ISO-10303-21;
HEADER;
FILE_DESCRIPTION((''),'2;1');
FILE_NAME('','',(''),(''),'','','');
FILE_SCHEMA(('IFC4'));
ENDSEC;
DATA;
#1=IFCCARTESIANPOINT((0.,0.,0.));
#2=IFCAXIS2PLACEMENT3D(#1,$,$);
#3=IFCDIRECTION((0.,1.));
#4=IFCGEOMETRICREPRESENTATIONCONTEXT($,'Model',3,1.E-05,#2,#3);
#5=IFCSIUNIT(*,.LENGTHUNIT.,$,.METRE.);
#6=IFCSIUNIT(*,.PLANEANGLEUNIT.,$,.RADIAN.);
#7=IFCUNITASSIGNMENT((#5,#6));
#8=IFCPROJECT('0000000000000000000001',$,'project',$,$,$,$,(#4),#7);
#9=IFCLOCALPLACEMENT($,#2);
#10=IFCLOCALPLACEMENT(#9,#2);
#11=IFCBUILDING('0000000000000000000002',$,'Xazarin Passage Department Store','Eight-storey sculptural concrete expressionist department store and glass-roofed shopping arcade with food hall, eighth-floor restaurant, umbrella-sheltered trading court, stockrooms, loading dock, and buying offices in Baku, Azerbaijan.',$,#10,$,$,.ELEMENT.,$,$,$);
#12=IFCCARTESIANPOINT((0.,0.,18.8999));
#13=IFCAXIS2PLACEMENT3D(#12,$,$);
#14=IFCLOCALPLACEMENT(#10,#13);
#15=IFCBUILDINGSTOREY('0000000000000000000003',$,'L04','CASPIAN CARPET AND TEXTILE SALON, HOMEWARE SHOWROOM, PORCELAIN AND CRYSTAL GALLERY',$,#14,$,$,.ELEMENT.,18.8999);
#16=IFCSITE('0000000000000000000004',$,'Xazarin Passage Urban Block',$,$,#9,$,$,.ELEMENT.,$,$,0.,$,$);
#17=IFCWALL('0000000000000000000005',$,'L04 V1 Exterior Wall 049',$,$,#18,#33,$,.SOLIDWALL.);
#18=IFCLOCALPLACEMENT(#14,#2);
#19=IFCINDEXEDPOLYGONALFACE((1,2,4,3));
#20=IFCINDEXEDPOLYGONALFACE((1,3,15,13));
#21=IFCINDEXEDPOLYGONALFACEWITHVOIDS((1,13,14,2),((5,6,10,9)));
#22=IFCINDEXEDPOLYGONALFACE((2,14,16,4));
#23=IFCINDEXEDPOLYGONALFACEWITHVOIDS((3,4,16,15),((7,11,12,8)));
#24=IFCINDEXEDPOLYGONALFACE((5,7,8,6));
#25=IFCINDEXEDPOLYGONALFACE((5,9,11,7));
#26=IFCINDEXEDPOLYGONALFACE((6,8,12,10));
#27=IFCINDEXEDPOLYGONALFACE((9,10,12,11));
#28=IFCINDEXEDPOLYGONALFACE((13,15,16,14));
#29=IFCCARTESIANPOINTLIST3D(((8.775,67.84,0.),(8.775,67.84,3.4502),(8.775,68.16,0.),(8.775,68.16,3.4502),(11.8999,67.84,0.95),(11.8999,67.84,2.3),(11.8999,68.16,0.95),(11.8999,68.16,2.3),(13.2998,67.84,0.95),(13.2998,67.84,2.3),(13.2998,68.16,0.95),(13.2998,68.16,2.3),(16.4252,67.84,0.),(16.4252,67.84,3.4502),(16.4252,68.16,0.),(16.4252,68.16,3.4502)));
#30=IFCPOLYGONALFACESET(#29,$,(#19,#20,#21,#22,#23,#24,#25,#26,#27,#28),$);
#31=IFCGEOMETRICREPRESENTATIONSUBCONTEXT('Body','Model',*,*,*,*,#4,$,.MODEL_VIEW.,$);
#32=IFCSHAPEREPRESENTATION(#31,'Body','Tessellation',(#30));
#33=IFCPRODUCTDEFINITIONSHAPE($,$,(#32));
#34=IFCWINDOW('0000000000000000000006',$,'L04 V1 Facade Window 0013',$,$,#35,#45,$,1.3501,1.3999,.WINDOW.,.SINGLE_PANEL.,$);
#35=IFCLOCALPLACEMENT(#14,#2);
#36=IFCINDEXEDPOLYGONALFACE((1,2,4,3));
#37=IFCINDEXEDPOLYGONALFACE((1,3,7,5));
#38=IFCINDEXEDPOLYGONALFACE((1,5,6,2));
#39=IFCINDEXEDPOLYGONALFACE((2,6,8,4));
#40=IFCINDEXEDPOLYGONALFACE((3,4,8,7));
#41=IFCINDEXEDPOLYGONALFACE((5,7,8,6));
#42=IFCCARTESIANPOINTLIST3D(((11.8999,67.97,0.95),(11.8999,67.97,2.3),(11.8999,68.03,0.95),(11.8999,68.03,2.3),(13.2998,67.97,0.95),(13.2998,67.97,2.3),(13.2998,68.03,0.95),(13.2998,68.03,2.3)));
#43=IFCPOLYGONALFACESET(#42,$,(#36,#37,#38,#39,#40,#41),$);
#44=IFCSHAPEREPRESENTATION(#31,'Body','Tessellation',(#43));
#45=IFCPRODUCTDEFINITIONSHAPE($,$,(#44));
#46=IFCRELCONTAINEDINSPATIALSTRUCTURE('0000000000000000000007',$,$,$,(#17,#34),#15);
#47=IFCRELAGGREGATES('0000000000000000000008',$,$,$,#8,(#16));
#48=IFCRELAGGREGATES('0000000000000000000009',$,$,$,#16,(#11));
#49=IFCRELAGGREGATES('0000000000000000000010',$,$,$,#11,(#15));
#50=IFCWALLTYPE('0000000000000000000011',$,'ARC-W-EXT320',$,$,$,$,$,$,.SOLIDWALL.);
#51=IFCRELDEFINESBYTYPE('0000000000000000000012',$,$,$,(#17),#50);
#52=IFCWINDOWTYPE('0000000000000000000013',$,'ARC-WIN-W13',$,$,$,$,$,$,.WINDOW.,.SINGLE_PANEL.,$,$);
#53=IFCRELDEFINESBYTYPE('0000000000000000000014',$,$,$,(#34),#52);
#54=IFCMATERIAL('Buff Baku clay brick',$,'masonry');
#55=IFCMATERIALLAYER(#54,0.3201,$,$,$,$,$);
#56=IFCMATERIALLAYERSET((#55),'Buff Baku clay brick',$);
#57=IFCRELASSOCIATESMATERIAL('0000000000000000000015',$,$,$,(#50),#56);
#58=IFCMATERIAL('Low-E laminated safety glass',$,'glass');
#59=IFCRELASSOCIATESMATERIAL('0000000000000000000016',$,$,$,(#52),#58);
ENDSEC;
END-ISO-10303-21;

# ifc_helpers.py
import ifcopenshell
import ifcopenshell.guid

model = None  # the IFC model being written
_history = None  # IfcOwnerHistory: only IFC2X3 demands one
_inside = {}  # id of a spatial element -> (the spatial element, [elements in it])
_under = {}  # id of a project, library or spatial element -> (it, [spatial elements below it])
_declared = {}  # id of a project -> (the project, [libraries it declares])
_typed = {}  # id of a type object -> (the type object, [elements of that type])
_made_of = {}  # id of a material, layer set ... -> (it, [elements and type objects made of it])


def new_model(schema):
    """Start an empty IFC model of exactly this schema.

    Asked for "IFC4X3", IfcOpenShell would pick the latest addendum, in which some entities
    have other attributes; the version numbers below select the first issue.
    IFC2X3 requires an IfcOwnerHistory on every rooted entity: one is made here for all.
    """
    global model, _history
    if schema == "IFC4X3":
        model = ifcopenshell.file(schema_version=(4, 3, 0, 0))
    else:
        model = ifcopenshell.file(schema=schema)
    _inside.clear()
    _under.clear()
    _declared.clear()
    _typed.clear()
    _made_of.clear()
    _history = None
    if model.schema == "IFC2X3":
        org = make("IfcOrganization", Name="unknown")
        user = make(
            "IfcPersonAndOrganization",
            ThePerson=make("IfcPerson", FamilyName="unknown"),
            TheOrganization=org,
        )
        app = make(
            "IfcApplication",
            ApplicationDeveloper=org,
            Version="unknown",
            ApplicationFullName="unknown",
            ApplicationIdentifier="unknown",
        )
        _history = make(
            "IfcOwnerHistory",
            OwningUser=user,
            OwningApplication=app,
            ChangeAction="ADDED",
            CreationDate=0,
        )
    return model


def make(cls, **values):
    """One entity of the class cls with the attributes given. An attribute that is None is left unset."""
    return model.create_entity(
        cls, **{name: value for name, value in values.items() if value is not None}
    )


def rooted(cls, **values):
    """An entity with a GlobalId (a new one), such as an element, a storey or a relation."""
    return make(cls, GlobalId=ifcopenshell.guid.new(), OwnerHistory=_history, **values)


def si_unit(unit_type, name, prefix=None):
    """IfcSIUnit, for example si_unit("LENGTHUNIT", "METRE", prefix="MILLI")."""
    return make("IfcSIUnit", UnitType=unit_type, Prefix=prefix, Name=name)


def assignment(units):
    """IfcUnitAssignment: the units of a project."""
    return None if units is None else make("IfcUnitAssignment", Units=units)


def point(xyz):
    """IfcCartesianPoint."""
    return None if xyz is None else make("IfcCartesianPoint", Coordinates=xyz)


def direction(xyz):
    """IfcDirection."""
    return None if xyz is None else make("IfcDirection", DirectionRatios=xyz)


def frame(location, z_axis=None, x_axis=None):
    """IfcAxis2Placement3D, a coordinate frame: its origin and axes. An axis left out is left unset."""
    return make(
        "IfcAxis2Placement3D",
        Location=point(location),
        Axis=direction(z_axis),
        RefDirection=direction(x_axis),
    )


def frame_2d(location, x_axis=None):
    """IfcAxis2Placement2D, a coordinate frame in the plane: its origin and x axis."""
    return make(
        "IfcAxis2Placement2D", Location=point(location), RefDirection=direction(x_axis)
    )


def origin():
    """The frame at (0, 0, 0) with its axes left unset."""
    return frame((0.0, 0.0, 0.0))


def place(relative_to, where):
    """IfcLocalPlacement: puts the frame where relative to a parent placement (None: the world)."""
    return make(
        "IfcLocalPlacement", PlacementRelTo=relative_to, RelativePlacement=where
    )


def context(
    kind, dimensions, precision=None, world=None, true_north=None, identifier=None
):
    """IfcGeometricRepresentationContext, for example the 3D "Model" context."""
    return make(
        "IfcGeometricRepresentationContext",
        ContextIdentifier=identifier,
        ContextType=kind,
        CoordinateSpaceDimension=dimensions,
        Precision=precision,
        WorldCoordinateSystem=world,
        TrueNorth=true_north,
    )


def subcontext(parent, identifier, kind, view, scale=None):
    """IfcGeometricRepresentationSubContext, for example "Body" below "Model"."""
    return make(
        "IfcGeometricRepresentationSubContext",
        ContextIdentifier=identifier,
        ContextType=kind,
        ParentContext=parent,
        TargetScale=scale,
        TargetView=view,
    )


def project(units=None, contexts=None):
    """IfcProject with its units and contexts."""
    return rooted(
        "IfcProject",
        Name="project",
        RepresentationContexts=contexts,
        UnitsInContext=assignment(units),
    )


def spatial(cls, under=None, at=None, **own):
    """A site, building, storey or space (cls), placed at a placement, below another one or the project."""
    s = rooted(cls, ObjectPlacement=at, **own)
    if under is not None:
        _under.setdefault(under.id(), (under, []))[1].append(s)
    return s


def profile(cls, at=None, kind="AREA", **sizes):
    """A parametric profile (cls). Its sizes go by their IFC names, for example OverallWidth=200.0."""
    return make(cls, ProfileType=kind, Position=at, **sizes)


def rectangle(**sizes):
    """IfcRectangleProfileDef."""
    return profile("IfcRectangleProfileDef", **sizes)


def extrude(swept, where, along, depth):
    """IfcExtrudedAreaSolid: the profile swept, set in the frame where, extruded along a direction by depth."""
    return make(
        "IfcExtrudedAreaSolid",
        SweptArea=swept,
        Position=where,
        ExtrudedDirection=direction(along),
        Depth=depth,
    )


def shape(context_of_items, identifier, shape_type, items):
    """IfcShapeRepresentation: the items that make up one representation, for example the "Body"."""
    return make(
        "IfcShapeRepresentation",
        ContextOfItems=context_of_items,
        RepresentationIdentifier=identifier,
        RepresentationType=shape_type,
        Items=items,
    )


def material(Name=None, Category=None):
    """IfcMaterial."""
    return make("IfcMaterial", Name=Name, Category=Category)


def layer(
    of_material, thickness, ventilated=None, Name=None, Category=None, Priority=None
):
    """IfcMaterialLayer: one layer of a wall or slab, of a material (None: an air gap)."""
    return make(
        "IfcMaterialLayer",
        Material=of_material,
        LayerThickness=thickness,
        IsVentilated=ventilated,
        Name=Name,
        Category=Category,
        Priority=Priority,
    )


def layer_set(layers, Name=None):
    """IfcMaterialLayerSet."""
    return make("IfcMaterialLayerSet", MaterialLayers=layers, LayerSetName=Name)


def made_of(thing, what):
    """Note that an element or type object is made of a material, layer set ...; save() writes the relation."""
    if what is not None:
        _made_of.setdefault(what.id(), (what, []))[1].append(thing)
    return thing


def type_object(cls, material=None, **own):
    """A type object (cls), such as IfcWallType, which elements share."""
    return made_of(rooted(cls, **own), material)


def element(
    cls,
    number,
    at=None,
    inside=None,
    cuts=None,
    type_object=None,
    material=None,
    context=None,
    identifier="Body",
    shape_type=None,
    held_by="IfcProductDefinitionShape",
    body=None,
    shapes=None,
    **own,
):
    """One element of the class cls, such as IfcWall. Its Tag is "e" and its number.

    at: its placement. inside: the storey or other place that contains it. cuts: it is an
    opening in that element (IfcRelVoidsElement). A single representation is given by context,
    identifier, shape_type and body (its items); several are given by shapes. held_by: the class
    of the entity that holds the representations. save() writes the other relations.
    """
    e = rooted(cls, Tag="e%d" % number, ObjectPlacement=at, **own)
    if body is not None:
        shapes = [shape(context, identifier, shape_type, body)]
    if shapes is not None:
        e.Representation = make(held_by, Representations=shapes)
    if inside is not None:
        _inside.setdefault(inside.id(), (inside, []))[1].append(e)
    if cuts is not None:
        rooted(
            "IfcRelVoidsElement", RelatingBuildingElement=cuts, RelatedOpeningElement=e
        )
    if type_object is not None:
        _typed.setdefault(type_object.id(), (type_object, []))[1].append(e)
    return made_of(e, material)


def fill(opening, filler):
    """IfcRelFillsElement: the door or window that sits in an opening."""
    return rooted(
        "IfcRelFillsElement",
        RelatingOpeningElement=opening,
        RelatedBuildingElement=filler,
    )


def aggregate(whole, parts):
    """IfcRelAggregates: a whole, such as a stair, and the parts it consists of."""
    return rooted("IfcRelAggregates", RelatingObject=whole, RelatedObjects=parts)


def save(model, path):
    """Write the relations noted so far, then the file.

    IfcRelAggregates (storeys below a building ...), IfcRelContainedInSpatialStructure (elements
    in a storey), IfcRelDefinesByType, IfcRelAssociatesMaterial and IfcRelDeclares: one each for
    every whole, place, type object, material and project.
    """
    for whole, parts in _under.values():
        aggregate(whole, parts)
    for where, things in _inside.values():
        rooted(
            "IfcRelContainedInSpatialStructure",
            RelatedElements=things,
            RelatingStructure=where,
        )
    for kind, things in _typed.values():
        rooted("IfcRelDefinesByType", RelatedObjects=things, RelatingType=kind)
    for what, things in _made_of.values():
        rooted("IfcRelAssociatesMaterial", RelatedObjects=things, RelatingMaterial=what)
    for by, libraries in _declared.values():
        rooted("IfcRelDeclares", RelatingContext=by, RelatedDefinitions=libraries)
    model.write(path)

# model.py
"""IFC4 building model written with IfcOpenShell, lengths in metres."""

from ifc_helpers import new_model, si_unit, direction, frame, frame_2d, origin, place, context, subcontext, project, spatial, rectangle, extrude, material, layer, layer_set, type_object, element, fill, save


model = new_model("IFC4")

# Units and contexts
model_context = context("Model", 3, precision=1e-05, world=origin(), true_north=direction((0.0, 1.0)))
body_context = subcontext(model_context, "Body", "Model", "MODEL_VIEW")
ifc_project = project(units=[si_unit("LENGTHUNIT", "METRE"), si_unit("PLANEANGLEUNIT", "RADIAN")], contexts=[model_context])

# Site, building, storey
site_placement = place(None, origin())
site = spatial("IfcSite", under=ifc_project, at=site_placement, Name="Xazarin Passage Urban Block", CompositionType="ELEMENT", RefElevation=0.0)
building_placement = place(site_placement, origin())
building = spatial("IfcBuilding", under=site, at=building_placement, Name="Xazarin Passage Department Store", Description="Eight-storey sculptural concrete expressionist department store and glass-roofed shopping arcade with food hall, eighth-floor restaurant, umbrella-sheltered trading court, stockrooms, loading dock, and buying offices in Baku, Azerbaijan.", CompositionType="ELEMENT")
storey_placement = place(building_placement, frame((0.0, 0.0, 18.8999)))
storey = spatial("IfcBuildingStorey", under=building, at=storey_placement, Name="L04", Description="CASPIAN CARPET AND TEXTILE SALON, HOMEWARE SHOWROOM, PORCELAIN AND CRYSTAL GALLERY", CompositionType="ELEMENT", Elevation=18.8999)

# Shared definitions
ifc_material_1 = material(Name="Low-E laminated safety glass", Category="glass")

# Wall, opening, window
ifc_material_2 = material(Name="Buff Baku clay brick", Category="masonry")
ifc_layer_1 = layer(ifc_material_2, 0.3201)
ifc_layer_set_1 = layer_set([ifc_layer_1], Name="Buff Baku clay brick")
wall_type = type_object("IfcWallType", Name="ARC-W-EXT320", PredefinedType="SOLIDWALL", material=ifc_layer_set_1)
wall_placement = place(storey_placement, frame((8.7749, 68.0, 0.0), z_axis=(0.0, 0.0, 1.0), x_axis=(1.0, 0.0, 0.0)))
wall = element("IfcWall", 1, at=wall_placement, inside=storey, type_object=wall_type, Name="L04 V1 Exterior Wall 049", PredefinedType="SOLIDWALL", context=body_context, shape_type="SweptSolid", body=[
    extrude(rectangle(XDim=7.6501, YDim=0.3201, at=frame_2d((3.8252, 0.0))), origin(), (0.0, 0.0, 1.0), 3.4502),
])
opening_placement = place(wall_placement, frame((3.125, 0.0, 0.95)))
opening = element("IfcOpeningElement", 2, at=opening_placement, cuts=wall, PredefinedType="OPENING", context=body_context, shape_type="SweptSolid", body=[
    extrude(rectangle(XDim=1.3999, YDim=1.3501, at=frame_2d((0.7, 0.675))), frame((0.0, 0.1699, 0.0), z_axis=(0.0, -1.0, 0.0), x_axis=(1.0, 0.0, 0.0)), (0.0, 0.0, 1.0), 0.3401),
])
window_type = type_object("IfcWindowType", Name="ARC-WIN-W13", PartitioningType="SINGLE_PANEL", PredefinedType="WINDOW", material=ifc_material_1)
window_placement = place(opening_placement, origin())
window = element("IfcWindow", 3, at=window_placement, inside=storey, type_object=window_type, Name="L04 V1 Facade Window 0013", OverallHeight=1.3501, OverallWidth=1.3999, PartitioningType="SINGLE_PANEL", PredefinedType="WINDOW", context=body_context, shape_type="SweptSolid", body=[
    extrude(rectangle(XDim=1.3999, YDim=1.3501, at=frame_2d((0.7, 0.675))), frame((0.0, 0.03, 0.0), z_axis=(0.0, -1.0, 0.0), x_axis=(1.0, 0.0, 0.0)), (0.0, 0.0, 1.0), 0.0601),
])
fill(opening, window)

save(model, "model.ifc")
